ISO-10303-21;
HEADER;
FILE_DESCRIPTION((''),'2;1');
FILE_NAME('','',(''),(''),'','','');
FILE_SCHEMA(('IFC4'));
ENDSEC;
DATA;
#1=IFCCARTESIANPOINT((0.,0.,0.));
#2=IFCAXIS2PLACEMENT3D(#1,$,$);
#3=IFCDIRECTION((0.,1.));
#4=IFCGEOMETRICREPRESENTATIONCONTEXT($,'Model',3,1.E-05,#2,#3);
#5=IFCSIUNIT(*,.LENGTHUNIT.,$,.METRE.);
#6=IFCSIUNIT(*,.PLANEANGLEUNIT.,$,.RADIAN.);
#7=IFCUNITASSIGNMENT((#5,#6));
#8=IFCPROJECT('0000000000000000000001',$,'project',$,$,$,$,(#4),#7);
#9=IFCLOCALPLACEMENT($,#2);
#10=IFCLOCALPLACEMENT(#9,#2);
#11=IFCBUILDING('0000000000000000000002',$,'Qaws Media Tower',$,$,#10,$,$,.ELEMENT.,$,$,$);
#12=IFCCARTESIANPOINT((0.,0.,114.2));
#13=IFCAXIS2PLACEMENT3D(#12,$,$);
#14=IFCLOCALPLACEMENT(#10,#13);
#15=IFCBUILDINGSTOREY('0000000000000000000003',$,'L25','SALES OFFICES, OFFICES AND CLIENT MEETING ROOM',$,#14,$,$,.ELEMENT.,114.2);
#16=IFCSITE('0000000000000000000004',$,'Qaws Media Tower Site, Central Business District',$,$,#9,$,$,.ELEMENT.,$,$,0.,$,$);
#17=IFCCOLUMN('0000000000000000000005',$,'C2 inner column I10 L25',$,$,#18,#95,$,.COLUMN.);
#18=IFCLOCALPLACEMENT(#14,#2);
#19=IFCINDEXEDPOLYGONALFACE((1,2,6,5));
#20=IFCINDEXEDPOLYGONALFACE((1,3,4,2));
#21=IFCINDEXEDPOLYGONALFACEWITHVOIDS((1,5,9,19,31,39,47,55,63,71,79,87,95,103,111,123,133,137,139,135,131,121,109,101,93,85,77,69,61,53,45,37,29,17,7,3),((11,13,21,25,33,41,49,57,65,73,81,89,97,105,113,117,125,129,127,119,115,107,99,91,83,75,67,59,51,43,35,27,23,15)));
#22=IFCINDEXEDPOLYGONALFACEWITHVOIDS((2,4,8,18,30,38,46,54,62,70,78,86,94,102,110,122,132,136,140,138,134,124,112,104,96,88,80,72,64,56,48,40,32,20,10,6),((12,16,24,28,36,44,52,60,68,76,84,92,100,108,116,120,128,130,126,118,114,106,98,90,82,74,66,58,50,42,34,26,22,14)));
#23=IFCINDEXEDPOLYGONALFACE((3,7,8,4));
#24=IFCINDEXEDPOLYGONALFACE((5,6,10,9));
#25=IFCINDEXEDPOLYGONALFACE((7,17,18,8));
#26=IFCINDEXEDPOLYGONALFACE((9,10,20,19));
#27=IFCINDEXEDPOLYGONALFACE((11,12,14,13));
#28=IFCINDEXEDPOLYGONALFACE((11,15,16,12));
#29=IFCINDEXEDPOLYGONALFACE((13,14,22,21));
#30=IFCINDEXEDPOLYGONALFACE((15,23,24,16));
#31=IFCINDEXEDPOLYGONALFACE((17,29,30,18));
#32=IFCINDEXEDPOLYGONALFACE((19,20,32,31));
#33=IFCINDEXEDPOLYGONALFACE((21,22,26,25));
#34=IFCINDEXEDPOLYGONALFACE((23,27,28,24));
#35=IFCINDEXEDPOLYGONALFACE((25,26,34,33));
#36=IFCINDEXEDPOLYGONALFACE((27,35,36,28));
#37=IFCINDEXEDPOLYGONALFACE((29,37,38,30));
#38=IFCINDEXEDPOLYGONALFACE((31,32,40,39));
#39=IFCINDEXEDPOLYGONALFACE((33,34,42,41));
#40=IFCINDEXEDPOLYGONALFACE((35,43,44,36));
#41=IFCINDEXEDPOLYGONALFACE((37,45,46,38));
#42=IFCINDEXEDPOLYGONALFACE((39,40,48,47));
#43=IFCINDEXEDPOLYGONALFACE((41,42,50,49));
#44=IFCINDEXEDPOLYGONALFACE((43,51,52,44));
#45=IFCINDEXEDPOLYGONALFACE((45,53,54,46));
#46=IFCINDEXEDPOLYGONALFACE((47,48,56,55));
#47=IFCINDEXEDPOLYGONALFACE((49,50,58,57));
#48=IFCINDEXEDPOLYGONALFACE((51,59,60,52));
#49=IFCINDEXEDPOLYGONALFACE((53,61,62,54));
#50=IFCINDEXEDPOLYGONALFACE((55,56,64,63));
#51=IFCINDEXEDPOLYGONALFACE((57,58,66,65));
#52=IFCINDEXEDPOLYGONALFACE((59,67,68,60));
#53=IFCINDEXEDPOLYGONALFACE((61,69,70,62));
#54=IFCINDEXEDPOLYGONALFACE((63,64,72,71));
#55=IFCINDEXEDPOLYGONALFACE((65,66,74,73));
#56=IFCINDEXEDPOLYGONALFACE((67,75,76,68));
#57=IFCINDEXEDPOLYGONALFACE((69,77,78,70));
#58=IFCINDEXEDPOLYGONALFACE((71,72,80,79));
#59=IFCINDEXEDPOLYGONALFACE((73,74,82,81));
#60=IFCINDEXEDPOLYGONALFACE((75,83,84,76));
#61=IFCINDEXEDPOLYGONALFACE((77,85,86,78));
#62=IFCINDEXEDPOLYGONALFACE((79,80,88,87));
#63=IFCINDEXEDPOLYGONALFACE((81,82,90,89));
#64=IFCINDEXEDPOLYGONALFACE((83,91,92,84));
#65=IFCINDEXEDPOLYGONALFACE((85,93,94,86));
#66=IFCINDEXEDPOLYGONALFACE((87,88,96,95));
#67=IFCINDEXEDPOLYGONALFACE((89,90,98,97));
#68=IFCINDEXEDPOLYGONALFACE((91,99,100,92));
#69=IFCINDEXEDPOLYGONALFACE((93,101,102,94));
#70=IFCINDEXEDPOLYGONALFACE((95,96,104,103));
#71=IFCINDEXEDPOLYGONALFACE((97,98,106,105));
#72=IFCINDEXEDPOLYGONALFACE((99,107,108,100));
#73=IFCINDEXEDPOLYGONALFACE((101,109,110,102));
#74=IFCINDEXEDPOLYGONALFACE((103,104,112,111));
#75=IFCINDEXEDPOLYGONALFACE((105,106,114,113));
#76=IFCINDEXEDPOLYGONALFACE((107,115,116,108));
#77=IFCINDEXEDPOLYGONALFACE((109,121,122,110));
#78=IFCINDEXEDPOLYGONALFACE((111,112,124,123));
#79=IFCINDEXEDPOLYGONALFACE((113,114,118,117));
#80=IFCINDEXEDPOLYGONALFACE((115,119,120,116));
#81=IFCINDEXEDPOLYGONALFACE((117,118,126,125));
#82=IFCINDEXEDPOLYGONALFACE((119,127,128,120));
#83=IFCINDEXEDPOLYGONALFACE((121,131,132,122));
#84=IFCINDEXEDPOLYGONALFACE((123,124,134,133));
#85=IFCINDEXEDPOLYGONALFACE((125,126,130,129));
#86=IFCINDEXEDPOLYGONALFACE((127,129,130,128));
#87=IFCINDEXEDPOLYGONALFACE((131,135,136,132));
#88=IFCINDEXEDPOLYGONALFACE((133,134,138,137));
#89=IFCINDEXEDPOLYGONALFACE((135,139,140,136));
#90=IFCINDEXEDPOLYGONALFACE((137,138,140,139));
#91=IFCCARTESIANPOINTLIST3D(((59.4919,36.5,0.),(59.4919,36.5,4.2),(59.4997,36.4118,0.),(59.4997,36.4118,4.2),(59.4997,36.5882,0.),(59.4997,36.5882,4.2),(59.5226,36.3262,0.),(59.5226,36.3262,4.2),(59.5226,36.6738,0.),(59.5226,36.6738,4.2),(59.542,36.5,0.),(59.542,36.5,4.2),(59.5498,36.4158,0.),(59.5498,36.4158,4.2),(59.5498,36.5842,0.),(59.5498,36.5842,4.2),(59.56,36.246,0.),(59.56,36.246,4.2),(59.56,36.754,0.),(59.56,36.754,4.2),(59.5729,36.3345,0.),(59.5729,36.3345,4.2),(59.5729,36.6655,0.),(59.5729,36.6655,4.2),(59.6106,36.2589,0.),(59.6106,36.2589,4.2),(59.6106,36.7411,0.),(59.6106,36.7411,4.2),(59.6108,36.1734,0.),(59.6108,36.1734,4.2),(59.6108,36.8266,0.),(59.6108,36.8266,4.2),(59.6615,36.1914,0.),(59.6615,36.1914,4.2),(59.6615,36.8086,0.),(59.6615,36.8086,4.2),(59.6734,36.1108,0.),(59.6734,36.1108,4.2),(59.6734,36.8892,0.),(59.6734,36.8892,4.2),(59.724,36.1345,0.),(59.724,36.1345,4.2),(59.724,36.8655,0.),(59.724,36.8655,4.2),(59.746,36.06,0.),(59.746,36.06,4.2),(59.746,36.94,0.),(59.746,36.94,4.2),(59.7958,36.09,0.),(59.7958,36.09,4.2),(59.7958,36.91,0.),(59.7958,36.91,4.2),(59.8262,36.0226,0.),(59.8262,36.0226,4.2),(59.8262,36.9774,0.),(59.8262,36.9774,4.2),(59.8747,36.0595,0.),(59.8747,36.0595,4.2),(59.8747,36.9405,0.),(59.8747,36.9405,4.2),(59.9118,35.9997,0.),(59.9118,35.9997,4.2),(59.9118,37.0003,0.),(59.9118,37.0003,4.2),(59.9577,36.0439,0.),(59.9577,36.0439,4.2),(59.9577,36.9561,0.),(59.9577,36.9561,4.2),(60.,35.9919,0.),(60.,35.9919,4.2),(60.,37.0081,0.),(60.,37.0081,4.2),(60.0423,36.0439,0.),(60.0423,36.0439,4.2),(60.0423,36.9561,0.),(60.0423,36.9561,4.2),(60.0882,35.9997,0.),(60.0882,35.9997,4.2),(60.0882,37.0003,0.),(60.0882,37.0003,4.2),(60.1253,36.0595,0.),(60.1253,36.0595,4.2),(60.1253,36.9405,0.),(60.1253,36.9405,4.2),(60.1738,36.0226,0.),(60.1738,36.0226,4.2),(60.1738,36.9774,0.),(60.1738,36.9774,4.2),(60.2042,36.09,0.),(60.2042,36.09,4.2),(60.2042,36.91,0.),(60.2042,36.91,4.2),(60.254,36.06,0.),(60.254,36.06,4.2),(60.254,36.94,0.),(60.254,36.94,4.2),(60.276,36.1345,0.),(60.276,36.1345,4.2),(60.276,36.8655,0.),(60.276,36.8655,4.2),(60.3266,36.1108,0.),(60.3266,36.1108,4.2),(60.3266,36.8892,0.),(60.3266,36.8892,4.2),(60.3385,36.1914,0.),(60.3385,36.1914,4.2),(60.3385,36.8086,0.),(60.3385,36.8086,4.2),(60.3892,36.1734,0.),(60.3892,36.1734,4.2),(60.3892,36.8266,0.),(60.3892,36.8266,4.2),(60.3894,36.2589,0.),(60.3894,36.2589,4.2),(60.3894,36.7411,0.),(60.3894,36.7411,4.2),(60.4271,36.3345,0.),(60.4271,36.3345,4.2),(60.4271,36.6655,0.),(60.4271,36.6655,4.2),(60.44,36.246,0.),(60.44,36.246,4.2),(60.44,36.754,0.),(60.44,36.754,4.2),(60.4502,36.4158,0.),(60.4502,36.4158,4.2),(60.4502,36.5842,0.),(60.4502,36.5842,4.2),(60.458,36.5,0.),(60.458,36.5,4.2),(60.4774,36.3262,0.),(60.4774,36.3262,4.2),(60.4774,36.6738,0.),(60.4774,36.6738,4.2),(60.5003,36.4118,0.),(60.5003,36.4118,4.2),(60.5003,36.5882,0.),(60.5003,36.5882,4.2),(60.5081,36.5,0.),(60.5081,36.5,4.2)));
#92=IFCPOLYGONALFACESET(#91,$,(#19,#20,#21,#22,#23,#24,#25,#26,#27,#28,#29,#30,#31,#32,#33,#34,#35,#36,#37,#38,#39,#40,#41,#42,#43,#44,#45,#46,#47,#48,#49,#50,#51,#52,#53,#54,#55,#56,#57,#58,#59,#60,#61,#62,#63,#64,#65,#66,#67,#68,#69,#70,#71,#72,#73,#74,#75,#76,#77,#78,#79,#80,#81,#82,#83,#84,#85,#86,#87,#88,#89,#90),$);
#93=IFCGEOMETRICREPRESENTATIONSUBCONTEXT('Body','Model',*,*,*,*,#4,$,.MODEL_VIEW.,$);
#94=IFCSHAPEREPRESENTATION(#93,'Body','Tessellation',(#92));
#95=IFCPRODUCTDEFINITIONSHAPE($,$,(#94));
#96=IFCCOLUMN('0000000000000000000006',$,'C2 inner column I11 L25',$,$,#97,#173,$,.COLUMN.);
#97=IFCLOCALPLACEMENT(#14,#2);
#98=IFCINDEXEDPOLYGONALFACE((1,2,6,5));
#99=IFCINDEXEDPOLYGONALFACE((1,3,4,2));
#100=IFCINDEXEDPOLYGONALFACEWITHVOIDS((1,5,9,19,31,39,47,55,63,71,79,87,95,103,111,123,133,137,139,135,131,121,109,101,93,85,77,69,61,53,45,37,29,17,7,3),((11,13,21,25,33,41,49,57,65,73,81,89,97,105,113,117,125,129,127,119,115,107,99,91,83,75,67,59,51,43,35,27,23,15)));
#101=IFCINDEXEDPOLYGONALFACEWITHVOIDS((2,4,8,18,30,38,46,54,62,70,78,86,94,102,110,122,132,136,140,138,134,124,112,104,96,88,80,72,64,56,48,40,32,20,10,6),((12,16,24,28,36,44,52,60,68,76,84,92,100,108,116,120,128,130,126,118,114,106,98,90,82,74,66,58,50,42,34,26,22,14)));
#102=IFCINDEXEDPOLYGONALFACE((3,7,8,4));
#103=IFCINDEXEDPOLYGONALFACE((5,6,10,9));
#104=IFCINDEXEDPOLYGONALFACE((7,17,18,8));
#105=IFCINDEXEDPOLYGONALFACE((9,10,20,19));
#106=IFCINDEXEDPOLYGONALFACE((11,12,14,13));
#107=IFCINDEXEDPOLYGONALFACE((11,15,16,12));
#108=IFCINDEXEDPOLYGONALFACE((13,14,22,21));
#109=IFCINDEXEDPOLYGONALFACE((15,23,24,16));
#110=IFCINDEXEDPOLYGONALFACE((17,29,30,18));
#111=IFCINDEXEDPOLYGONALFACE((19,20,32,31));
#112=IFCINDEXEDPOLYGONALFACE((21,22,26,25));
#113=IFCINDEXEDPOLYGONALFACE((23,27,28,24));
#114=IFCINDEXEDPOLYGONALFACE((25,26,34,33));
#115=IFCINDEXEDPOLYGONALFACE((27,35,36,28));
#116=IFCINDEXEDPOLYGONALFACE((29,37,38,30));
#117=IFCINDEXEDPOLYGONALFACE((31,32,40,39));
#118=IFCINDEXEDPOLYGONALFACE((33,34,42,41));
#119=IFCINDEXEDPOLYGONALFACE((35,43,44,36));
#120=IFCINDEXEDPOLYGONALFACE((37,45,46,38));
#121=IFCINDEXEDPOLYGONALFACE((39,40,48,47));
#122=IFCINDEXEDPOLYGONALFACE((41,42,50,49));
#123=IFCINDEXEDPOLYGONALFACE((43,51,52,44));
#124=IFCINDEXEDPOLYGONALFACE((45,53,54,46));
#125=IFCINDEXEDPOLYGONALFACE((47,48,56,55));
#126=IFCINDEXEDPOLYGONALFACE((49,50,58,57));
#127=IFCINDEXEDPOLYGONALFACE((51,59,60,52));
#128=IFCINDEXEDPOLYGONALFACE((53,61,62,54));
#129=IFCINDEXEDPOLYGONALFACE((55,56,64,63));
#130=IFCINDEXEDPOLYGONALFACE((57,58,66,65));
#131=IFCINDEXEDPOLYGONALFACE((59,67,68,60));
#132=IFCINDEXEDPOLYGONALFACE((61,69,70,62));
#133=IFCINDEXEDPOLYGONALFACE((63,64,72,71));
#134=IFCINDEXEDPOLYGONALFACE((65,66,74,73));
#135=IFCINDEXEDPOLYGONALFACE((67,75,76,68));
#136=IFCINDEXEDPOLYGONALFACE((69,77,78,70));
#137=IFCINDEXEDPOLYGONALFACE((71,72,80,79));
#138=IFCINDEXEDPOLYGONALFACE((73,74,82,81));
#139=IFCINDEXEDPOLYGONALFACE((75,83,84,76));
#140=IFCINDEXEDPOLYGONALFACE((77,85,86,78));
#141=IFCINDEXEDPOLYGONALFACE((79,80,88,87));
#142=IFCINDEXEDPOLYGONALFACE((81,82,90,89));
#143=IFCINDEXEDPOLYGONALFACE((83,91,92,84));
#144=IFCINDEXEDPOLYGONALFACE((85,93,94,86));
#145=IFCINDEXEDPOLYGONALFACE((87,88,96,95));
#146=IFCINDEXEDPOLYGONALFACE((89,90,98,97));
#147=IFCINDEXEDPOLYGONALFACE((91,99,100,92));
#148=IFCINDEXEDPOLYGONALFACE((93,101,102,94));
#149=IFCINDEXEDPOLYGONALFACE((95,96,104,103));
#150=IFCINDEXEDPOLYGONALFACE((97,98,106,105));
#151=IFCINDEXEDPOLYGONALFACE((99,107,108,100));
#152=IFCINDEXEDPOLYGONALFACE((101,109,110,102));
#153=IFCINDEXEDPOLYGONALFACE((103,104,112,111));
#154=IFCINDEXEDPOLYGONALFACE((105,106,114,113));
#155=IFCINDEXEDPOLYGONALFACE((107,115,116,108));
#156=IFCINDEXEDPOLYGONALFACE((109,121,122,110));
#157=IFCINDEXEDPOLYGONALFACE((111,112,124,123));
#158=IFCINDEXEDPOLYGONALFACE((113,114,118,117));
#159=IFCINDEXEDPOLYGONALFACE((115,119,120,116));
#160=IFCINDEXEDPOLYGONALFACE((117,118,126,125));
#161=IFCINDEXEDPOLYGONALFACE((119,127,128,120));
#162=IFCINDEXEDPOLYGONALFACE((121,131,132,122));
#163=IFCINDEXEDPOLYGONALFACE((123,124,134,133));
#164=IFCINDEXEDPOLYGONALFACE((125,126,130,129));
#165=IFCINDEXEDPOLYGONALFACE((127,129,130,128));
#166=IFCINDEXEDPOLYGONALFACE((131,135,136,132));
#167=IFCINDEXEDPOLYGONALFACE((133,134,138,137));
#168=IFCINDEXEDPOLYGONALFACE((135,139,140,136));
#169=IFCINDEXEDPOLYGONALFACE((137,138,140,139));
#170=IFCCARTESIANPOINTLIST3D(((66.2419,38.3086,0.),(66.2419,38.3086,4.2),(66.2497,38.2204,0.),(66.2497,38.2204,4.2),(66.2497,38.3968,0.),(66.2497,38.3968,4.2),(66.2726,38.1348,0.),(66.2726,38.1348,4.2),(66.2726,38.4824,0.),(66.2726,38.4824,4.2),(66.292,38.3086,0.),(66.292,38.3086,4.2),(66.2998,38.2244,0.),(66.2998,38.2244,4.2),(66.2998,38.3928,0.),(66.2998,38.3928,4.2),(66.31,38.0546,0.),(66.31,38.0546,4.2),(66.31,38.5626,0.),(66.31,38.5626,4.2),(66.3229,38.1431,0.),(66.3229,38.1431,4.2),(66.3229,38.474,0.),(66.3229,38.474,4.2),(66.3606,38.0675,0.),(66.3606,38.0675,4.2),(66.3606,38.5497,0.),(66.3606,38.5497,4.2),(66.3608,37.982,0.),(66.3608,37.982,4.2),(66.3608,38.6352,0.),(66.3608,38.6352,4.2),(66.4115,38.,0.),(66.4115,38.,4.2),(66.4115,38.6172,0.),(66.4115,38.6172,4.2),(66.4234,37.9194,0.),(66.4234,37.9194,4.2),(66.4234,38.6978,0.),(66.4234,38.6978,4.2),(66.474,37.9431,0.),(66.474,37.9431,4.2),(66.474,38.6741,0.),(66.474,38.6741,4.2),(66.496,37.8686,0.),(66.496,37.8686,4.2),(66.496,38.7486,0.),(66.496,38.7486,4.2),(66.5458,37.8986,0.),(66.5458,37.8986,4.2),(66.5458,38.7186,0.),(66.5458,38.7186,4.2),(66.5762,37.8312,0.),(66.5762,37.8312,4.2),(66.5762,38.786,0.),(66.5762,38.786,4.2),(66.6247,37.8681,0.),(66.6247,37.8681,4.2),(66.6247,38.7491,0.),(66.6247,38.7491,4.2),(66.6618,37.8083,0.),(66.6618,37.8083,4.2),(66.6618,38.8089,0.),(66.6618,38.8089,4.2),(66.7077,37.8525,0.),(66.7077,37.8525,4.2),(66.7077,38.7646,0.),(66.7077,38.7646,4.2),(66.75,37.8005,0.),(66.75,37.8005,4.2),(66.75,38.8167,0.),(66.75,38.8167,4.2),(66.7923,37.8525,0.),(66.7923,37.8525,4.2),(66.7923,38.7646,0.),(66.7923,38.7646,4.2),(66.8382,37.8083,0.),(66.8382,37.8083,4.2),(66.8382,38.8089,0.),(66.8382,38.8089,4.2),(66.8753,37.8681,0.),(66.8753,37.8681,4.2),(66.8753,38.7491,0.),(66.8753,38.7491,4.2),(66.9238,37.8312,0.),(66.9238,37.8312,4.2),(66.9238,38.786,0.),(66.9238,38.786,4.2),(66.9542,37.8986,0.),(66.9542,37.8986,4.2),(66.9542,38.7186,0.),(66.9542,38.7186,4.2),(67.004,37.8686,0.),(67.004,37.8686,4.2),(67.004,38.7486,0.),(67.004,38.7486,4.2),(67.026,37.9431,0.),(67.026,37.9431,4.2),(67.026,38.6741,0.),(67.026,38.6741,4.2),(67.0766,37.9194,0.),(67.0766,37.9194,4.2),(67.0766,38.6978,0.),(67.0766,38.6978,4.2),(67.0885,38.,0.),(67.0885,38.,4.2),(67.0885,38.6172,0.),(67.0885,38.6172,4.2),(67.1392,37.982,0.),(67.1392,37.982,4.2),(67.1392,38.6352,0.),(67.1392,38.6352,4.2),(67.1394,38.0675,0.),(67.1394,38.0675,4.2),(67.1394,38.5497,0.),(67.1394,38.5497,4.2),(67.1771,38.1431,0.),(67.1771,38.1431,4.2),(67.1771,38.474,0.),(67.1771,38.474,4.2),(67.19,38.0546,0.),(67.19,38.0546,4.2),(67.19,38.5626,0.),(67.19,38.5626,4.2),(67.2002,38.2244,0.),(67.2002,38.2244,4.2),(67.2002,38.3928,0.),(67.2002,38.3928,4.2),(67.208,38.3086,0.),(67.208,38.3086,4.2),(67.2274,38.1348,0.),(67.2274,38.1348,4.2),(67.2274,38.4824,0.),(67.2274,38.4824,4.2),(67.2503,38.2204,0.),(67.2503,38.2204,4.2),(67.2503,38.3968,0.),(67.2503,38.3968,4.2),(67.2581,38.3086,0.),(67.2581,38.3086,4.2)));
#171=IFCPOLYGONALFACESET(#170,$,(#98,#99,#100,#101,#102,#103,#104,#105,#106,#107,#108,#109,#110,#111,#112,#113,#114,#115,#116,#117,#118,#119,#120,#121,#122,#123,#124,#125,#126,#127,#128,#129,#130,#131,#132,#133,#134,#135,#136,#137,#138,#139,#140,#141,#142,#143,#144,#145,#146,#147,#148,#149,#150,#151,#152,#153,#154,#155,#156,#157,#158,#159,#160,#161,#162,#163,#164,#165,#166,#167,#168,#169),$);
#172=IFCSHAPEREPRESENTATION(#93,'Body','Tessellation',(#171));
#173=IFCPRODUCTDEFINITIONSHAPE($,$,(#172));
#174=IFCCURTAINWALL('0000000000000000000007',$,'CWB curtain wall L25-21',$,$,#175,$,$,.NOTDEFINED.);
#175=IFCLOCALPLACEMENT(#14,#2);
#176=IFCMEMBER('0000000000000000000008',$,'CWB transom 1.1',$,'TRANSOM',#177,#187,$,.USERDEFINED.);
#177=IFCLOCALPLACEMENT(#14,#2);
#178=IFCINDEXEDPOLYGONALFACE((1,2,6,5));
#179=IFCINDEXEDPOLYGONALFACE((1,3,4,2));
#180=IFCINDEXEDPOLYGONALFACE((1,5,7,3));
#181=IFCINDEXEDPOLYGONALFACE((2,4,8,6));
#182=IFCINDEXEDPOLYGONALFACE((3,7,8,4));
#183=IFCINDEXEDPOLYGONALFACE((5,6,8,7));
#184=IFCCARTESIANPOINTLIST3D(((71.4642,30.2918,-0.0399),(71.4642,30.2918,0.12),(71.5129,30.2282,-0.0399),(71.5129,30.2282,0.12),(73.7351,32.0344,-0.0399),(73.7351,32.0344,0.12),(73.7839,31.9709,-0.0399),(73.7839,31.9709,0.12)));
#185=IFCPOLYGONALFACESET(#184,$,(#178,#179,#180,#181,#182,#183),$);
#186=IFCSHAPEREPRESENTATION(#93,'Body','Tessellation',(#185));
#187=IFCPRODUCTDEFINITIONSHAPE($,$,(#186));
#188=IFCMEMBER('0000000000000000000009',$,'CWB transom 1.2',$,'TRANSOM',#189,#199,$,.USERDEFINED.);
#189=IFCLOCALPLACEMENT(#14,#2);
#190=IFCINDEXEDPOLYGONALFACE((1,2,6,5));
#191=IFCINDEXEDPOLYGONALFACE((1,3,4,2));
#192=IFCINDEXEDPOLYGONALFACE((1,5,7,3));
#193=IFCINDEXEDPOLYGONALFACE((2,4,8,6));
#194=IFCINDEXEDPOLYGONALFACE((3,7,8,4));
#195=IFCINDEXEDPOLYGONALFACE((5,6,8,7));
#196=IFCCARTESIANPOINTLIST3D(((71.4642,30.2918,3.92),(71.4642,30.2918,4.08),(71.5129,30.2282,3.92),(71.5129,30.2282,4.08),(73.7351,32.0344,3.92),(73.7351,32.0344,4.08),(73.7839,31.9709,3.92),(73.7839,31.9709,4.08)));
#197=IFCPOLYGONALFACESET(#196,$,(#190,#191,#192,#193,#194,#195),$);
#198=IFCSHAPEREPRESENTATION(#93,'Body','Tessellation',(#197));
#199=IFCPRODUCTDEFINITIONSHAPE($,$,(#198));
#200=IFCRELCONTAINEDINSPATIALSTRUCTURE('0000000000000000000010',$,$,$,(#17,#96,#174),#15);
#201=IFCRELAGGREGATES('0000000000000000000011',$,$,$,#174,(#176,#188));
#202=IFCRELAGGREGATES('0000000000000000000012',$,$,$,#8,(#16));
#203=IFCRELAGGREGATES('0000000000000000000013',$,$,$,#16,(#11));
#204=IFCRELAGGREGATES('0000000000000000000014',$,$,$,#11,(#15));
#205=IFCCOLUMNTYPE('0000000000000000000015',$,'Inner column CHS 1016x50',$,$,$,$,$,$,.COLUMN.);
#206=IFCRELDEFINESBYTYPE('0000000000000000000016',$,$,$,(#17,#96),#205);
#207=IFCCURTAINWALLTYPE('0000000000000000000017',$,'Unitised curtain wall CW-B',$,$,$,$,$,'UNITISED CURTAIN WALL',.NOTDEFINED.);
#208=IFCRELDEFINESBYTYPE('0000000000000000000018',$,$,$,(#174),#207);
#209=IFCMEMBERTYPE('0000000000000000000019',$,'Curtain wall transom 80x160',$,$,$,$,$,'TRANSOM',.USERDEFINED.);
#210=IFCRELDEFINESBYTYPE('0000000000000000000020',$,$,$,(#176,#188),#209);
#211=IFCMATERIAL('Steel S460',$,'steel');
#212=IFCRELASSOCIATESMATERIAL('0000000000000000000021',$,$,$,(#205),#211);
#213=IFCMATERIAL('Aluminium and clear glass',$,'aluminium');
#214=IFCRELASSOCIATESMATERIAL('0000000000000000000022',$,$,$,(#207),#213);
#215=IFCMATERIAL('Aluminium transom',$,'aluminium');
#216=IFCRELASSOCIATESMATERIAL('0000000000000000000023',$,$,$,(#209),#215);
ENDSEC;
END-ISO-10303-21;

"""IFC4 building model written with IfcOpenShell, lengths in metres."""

from ifc_helpers import new_model, si_unit, direction, frame, origin, origin_2d, place, context, subcontext, project, spatial, rectangle, hollow_circle, extrude, material, material_profile, profile_set, type_object, element, aggregate, save


model = new_model("IFC4")

# Units and contexts
model_context = context("Model", 3, precision=1e-05, world=origin(), true_north=direction((0.0, 1.0)))
body_context = subcontext(model_context, "Body", "Model", "MODEL_VIEW")
ifc_project = project(units=[si_unit("LENGTHUNIT", "METRE"), si_unit("PLANEANGLEUNIT", "RADIAN")], contexts=[model_context])

# Site, building, storey
site_placement = place(None, origin())
site = spatial("IfcSite", under=ifc_project, at=site_placement, Name="Qaws Media Tower Site, Central Business District", CompositionType="ELEMENT", RefElevation=0.0)
building_placement = place(site_placement, origin())
building = spatial("IfcBuilding", under=site, at=building_placement, Name="Qaws Media Tower", CompositionType="ELEMENT")
storey_placement = place(building_placement, frame((0.0, 0.0, 114.2)))
storey = spatial("IfcBuildingStorey", under=building, at=storey_placement, Name="L25", Description="SALES OFFICES, OFFICES AND CLIENT MEETING ROOM", CompositionType="ELEMENT", Elevation=114.2)

# Columns
ifc_material_1 = material(Name="Steel S460", Category="steel")
ifc_material_profile_1 = material_profile(ifc_material_1, hollow_circle(Radius=0.5081, WallThickness=0.05, at=origin_2d()), Name="CHS 1016x50")
ifc_profile_set_1 = profile_set([ifc_material_profile_1], Name="Steel S460")
column_type = type_object("IfcColumnType", Name="Inner column CHS 1016x50", PredefinedType="COLUMN", material=ifc_profile_set_1)
for number, where, z_axis, x_axis, name in (
    (1, (60.0, 36.5, 0.0), (0.0, 0.0, 1.0), (1.0, 0.0, 0.0), "C2 inner column I10 L25"),
    (2, (66.75, 38.3086, 0.0), (0.0, 0.0, 1.0), (1.0, 0.0, 0.0), "C2 inner column I11 L25"),
):
    element("IfcColumn", number, at=place(storey_placement, frame(where, z_axis=z_axis, x_axis=x_axis)), inside=storey, type_object=column_type, Name=name, PredefinedType="COLUMN", context=body_context, shape_type="SweptSolid", body=[
        extrude(hollow_circle(Radius=0.5081, WallThickness=0.05, at=origin_2d()), origin(), (0.0, 0.0, 1.0), 4.2),
    ])

# Curtain wall, members
ifc_material_2 = material(Name="Aluminium and clear glass", Category="aluminium")
curtain_wall_type = type_object("IfcCurtainWallType", Name="Unitised curtain wall CW-B", ElementType="UNITISED CURTAIN WALL", PredefinedType="NOTDEFINED", material=ifc_material_2)
curtain_wall_placement = place(storey_placement, origin())
curtain_wall = element("IfcCurtainWall", 3, at=curtain_wall_placement, inside=storey, type_object=curtain_wall_type, Name="CWB curtain wall L25-21", PredefinedType="NOTDEFINED")
ifc_material_3 = material(Name="Aluminium transom", Category="aluminium")
ifc_material_profile_2 = material_profile(ifc_material_3, rectangle(XDim=0.0801, YDim=0.1599, at=origin_2d()), Name="80x160")
ifc_profile_set_2 = profile_set([ifc_material_profile_2], Name="Aluminium transom")
member_type = type_object("IfcMemberType", Name="Curtain wall transom 80x160", ElementType="TRANSOM", PredefinedType="USERDEFINED", material=ifc_profile_set_2)
member_1_placement = place(storey_placement, frame((71.4885, 30.26, 0.04), z_axis=(0.79334, 0.608779, 0.0), x_axis=(-0.608779, 0.79334, 0.0)))
member_1 = element("IfcMember", 4, at=member_1_placement, type_object=member_type, Name="CWB transom 1.1", ObjectType="TRANSOM", PredefinedType="USERDEFINED", context=body_context, shape_type="SweptSolid", body=[
    extrude(rectangle(XDim=0.0801, YDim=0.1599, at=origin_2d()), origin(), (0.0, 0.0, 1.0), 2.8625),
])
member_2_placement = place(storey_placement, frame((71.4885, 30.26, 4.0), z_axis=(0.79334, 0.608779, 0.0), x_axis=(-0.608779, 0.79334, 0.0)))
member_2 = element("IfcMember", 5, at=member_2_placement, type_object=member_type, Name="CWB transom 1.2", ObjectType="TRANSOM", PredefinedType="USERDEFINED", context=body_context, shape_type="SweptSolid", body=[
    extrude(rectangle(XDim=0.0801, YDim=0.1599, at=origin_2d()), origin(), (0.0, 0.0, 1.0), 2.8625),
])
aggregate(curtain_wall, [member_1, member_2])

save(model, "model.ifc")
